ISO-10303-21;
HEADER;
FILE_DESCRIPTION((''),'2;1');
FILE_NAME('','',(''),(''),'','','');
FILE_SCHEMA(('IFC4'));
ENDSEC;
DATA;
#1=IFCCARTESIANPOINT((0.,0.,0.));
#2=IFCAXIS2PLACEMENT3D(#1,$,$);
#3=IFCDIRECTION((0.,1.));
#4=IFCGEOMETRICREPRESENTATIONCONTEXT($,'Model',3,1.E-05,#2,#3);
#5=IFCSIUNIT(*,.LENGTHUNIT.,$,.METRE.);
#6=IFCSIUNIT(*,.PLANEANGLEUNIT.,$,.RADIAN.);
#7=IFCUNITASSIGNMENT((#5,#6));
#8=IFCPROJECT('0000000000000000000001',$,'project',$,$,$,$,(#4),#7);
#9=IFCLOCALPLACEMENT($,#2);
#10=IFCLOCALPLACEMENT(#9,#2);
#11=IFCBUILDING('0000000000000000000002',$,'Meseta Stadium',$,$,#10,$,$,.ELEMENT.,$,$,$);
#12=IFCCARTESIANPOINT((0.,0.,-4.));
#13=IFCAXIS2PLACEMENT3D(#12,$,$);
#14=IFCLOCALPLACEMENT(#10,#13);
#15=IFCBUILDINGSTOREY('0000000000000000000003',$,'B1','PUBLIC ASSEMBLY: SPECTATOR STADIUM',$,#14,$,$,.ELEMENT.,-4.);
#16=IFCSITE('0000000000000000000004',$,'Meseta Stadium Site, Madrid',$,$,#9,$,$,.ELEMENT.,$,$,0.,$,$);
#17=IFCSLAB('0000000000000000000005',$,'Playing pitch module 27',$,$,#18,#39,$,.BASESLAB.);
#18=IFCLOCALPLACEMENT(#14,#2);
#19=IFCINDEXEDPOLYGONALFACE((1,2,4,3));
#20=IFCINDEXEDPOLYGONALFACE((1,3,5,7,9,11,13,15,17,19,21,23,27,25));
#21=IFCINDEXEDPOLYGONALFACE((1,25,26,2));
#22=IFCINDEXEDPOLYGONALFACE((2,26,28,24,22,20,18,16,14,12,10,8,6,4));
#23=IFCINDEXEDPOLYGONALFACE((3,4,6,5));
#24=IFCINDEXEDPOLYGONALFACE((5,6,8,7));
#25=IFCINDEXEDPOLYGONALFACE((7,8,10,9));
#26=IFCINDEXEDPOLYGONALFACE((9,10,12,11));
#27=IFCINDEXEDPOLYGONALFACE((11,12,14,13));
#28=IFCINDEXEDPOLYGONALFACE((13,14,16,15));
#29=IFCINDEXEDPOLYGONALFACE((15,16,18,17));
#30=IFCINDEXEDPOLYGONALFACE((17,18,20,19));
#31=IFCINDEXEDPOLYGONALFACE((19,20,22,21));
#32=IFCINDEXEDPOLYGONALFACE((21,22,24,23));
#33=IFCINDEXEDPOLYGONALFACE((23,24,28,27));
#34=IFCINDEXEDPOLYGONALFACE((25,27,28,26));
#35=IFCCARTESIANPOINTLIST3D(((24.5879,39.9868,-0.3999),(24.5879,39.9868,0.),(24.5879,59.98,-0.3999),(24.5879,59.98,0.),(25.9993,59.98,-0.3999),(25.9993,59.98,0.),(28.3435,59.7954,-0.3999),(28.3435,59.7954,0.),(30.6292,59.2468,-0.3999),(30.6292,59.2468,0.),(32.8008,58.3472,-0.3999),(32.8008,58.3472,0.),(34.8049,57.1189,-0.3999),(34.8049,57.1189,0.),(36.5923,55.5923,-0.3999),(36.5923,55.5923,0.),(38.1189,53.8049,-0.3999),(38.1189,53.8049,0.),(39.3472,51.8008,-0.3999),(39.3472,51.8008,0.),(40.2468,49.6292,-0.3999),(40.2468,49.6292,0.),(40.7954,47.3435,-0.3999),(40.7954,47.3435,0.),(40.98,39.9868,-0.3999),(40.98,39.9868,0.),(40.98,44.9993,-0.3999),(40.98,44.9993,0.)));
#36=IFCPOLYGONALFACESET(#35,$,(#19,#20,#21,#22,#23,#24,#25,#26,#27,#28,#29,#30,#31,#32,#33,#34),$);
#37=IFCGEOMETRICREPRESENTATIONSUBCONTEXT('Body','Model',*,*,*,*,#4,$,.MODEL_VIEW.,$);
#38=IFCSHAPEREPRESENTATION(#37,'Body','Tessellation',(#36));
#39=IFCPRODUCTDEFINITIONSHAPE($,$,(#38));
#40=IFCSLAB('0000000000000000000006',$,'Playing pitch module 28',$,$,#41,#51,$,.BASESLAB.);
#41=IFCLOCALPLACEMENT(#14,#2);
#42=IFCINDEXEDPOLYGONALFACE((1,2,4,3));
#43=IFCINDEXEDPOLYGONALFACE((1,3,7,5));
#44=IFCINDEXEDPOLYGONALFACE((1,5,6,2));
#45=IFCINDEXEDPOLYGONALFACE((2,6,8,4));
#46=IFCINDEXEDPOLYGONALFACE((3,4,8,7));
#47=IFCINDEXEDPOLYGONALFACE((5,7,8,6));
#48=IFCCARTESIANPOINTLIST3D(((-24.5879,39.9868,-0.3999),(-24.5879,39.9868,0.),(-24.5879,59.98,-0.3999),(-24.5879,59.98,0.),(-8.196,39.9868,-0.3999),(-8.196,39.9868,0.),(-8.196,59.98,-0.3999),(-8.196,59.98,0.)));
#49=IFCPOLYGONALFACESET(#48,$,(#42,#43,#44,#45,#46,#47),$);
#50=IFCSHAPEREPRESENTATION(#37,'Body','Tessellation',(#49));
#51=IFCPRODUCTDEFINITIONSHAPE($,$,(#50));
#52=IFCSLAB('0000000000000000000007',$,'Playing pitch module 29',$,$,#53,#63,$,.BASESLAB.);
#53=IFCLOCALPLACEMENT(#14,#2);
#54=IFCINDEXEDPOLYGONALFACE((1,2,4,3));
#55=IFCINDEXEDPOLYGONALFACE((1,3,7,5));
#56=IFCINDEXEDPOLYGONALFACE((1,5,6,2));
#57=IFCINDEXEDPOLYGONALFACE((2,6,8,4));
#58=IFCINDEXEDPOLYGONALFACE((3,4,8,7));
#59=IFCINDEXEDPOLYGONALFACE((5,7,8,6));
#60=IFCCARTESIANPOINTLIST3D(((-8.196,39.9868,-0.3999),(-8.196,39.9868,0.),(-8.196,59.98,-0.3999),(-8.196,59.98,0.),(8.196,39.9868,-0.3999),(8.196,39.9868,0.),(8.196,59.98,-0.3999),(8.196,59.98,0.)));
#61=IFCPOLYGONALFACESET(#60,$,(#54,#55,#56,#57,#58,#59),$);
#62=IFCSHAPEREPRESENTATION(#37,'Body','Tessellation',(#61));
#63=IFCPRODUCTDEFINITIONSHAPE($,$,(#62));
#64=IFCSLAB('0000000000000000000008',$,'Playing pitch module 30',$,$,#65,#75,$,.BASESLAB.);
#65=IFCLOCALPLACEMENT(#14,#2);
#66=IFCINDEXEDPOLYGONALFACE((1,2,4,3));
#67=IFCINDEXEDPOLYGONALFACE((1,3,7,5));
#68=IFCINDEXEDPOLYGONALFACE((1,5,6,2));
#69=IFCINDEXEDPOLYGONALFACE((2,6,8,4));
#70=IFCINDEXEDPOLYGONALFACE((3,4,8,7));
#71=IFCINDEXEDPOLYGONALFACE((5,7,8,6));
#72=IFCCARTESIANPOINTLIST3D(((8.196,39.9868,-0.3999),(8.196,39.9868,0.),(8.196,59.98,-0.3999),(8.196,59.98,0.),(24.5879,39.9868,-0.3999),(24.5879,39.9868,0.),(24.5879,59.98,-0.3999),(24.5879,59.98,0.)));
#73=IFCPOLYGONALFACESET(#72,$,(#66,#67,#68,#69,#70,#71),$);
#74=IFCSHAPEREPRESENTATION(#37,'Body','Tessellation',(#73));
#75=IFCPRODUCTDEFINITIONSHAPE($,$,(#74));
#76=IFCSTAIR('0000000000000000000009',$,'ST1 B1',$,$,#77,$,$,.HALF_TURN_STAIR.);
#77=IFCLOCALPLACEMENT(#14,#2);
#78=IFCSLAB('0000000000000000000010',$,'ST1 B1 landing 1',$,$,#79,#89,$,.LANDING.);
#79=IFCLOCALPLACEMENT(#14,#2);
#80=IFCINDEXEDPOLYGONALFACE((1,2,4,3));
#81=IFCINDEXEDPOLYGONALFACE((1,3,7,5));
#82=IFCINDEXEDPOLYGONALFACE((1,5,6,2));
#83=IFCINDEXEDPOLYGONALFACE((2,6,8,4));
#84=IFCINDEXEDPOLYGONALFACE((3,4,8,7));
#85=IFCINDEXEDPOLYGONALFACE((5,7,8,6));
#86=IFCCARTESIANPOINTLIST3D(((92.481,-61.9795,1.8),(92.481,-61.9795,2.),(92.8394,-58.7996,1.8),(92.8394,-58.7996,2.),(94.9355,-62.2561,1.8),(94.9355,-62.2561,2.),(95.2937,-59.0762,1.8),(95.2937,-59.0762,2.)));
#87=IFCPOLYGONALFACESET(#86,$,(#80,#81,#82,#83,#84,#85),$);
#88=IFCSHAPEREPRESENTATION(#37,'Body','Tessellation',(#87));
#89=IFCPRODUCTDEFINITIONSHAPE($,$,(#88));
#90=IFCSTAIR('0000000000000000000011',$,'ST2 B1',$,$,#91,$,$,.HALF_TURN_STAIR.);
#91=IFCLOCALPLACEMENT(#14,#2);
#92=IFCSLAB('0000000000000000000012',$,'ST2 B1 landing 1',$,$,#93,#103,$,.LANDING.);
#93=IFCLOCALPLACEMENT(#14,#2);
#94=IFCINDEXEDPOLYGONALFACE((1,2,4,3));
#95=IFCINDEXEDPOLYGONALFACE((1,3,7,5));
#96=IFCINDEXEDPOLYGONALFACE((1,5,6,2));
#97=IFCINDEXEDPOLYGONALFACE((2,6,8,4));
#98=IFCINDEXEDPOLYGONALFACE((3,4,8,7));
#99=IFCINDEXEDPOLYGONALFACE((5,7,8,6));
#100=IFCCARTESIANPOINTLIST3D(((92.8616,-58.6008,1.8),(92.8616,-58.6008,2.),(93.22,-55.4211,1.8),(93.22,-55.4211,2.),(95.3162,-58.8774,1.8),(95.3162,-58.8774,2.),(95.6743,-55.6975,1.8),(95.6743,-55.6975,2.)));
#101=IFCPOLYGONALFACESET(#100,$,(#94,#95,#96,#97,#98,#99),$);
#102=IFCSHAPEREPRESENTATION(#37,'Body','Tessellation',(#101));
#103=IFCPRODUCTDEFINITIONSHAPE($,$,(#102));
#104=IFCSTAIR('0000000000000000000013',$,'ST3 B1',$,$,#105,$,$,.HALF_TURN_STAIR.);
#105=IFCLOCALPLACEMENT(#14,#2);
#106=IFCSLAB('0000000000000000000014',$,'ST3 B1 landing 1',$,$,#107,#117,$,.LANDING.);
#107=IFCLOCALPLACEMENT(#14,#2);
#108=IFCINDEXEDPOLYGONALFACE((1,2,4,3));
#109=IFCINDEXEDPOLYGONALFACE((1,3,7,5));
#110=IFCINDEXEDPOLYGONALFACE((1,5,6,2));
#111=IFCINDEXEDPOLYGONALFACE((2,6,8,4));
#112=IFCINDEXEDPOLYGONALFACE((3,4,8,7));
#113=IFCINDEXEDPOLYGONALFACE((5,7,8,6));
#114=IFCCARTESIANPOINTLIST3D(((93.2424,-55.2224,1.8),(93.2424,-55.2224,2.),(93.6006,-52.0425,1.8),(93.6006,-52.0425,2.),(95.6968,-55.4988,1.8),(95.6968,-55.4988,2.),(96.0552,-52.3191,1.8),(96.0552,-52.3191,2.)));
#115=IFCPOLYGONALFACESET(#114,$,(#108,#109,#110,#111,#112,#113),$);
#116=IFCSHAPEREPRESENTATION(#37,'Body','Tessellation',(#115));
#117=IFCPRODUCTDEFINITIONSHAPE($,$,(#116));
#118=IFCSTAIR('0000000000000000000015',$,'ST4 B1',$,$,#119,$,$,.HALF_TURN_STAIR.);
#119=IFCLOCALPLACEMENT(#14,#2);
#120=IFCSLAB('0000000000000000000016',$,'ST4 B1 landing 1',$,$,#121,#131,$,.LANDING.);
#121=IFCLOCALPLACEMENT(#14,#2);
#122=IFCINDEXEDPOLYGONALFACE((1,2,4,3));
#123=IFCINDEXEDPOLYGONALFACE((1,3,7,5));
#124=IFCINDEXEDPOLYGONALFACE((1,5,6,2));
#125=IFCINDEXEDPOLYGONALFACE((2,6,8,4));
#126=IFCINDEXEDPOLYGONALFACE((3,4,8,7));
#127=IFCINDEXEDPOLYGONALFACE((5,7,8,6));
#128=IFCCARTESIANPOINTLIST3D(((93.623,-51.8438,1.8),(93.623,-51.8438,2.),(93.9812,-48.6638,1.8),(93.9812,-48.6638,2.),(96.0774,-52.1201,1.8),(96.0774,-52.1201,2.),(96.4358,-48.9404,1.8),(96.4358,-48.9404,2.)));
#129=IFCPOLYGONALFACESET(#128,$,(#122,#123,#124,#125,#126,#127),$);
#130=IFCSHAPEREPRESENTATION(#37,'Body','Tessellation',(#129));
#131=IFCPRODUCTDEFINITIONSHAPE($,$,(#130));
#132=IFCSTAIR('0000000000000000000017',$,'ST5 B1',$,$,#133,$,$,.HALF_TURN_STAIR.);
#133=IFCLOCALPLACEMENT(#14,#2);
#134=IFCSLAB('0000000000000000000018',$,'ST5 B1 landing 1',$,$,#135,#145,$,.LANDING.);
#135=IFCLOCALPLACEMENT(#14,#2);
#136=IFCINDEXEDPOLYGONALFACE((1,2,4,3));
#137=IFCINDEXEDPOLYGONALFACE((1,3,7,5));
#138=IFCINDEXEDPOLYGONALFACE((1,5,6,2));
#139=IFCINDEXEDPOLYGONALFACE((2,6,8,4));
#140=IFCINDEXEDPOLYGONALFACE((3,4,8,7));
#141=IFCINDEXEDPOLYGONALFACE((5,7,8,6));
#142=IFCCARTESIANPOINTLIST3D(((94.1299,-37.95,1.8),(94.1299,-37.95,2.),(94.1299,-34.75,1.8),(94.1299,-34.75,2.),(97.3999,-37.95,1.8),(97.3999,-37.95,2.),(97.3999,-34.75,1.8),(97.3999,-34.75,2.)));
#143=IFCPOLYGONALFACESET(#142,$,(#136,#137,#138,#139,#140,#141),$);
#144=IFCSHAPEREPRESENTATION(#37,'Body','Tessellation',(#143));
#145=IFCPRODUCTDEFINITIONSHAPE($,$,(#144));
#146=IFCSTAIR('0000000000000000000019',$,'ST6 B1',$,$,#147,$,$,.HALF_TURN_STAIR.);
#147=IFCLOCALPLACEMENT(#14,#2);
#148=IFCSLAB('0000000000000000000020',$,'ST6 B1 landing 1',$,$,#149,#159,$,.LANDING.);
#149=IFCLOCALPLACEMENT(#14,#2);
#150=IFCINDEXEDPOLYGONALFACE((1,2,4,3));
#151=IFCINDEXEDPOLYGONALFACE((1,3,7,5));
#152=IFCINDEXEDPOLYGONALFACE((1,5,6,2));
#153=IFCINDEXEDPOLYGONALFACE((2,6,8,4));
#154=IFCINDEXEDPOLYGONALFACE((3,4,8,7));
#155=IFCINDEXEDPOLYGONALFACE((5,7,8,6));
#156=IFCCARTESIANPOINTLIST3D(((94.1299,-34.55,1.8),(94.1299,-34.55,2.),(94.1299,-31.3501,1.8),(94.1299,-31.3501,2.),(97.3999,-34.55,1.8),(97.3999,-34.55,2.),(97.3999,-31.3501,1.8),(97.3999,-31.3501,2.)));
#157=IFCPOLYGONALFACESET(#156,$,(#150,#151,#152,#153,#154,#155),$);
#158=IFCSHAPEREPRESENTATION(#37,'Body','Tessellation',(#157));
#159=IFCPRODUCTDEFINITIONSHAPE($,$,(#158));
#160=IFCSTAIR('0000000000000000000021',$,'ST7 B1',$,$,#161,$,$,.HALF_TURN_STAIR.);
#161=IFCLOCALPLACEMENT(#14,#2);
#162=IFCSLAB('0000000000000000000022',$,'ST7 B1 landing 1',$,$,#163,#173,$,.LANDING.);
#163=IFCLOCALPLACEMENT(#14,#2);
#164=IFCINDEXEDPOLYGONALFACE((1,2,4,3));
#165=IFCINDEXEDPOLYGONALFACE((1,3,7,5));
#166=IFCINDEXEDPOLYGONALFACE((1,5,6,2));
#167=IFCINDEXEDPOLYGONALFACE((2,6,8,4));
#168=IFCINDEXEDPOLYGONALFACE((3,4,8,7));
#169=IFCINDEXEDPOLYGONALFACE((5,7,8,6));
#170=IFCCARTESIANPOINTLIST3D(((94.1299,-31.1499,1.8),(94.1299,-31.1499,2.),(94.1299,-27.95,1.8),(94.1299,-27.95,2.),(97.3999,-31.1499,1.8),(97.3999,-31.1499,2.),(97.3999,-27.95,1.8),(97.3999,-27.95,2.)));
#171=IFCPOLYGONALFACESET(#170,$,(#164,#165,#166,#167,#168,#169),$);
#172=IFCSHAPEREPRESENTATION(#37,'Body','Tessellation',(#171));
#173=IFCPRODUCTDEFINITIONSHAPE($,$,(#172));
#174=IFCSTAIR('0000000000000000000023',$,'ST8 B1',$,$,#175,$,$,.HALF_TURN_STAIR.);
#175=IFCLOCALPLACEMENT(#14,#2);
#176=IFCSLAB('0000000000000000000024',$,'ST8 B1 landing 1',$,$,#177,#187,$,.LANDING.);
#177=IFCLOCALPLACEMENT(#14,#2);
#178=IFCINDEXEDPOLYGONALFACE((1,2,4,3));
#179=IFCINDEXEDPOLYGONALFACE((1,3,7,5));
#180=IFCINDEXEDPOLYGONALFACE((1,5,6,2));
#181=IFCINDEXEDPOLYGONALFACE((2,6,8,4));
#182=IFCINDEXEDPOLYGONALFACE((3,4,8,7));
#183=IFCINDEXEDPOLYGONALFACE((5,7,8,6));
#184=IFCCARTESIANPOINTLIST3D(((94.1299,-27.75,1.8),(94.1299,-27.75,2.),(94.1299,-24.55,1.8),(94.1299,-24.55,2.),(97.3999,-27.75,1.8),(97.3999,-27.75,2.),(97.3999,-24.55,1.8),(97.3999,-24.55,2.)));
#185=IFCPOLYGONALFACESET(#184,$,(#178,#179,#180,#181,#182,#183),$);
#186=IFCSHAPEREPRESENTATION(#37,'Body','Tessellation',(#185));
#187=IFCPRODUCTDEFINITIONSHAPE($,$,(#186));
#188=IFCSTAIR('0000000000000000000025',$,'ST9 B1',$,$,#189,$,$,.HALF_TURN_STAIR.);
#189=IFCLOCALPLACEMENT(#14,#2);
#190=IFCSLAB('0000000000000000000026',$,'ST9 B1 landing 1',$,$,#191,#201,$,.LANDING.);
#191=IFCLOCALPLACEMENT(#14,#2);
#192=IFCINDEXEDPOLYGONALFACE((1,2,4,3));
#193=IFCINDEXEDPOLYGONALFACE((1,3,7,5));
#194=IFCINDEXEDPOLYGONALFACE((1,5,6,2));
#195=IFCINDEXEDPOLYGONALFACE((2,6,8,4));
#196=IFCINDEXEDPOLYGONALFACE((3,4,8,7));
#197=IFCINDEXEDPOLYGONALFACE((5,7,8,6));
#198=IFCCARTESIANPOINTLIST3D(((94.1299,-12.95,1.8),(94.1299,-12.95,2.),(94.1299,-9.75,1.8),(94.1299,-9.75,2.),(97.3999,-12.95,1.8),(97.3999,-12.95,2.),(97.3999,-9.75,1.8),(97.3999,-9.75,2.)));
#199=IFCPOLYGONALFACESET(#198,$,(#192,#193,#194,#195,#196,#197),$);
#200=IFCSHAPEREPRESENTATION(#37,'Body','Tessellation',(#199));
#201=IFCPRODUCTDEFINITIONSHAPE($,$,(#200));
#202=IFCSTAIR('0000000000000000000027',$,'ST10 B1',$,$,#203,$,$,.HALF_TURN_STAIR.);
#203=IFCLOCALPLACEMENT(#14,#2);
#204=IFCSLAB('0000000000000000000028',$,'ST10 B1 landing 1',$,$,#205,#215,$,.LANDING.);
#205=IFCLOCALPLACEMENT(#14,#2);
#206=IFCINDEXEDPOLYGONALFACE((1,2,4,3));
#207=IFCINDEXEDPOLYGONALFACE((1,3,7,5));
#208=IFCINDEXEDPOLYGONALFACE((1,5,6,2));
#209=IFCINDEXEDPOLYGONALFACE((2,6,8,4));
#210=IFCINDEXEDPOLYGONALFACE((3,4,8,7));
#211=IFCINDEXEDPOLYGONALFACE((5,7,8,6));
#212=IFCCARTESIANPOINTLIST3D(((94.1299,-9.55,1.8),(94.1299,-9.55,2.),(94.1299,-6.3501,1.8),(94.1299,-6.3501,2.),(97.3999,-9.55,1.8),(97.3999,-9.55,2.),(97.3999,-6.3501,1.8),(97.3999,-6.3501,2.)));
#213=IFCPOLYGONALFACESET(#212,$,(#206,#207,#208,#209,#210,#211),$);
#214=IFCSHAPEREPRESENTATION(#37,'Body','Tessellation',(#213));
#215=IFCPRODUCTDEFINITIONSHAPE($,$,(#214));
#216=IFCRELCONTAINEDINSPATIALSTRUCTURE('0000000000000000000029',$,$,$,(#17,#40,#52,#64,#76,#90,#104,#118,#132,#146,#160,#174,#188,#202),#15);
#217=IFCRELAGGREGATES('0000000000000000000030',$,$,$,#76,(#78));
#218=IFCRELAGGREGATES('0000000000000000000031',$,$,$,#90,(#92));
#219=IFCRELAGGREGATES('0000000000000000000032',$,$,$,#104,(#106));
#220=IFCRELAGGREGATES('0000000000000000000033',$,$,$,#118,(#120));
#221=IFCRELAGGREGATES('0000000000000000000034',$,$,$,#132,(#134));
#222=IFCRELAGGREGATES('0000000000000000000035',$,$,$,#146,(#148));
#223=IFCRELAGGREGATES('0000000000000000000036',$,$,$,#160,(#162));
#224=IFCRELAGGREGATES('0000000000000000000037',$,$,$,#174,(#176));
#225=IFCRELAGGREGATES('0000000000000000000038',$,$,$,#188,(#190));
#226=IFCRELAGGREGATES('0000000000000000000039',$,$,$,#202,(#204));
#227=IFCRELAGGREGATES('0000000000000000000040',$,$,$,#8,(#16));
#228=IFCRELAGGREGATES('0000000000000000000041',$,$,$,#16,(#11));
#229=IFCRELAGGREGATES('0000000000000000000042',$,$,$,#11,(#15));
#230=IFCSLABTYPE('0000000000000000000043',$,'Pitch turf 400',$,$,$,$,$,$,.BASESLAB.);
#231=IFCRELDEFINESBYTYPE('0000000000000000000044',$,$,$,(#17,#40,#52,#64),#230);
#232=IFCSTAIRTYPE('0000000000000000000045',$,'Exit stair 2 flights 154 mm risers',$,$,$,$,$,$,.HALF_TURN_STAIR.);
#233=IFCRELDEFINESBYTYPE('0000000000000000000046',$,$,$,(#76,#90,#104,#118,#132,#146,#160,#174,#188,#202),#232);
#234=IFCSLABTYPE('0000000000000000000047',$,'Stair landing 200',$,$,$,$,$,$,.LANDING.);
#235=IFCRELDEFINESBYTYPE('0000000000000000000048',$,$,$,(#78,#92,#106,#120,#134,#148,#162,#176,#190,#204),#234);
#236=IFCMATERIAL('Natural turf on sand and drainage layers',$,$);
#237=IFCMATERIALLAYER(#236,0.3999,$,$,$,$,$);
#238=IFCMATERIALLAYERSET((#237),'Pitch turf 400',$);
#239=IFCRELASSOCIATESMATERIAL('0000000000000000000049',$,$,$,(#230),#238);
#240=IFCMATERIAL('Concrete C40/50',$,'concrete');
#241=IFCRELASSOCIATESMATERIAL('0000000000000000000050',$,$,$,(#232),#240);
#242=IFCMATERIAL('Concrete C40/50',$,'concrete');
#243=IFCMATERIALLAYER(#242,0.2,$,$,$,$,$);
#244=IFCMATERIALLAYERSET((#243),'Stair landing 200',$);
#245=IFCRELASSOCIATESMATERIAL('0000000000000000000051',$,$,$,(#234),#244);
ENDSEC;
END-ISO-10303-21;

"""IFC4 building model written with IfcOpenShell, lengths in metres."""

from ifc_helpers import new_model, si_unit, direction, frame, origin, place, context, subcontext, project, spatial, polyline, outline, extrude, material, layer, layer_set, type_object, element, aggregate, save


model = new_model("IFC4")

# Units and contexts
model_context = context("Model", 3, precision=1e-05, world=origin(), true_north=direction((0.0, 1.0)))
body_context = subcontext(model_context, "Body", "Model", "MODEL_VIEW")
ifc_project = project(units=[si_unit("LENGTHUNIT", "METRE"), si_unit("PLANEANGLEUNIT", "RADIAN")], contexts=[model_context])

# Site, building, storey
site_placement = place(None, origin())
site = spatial("IfcSite", under=ifc_project, at=site_placement, Name="Meseta Stadium Site, Madrid", CompositionType="ELEMENT", RefElevation=0.0)
building_placement = place(site_placement, origin())
building = spatial("IfcBuilding", under=site, at=building_placement, Name="Meseta Stadium", CompositionType="ELEMENT")
storey_placement = place(building_placement, frame((0.0, 0.0, -4.0)))
storey = spatial("IfcBuildingStorey", under=building, at=storey_placement, Name="B1", Description="PUBLIC ASSEMBLY: SPECTATOR STADIUM", CompositionType="ELEMENT", Elevation=-4.0)

# Slabs
ifc_material_1 = material(Name="Natural turf on sand and drainage layers")
ifc_layer_1 = layer(ifc_material_1, 0.3999)
ifc_layer_set_1 = layer_set([ifc_layer_1], Name="Pitch turf 400")
slab_type_1 = type_object("IfcSlabType", Name="Pitch turf 400", PredefinedType="BASESLAB", material=ifc_layer_set_1)
slab_1_placement = place(storey_placement, frame((0.0, 0.0, -0.3999)))
element("IfcSlab", 1, at=slab_1_placement, inside=storey, type_object=slab_type_1, Name="Playing pitch module 27", PredefinedType="BASESLAB", context=body_context, shape_type="SweptSolid", body=[
    extrude(outline(polyline([(40.98, 44.9993), (40.7954, 47.3435), (40.2468, 49.6292), (39.3472, 51.8008), (38.1189, 53.8049), (36.5923, 55.5923), (34.8049, 57.1189), (32.8008, 58.3472), (30.6292, 59.2468), (28.3435, 59.7954), (25.9993, 59.98), (24.5879, 59.98), (24.5879, 39.9868), (40.98, 39.9868), (40.98, 44.9993)])), origin(), (0.0, 0.0, 1.0), 0.3999),
])
slab_2_placement = place(storey_placement, frame((0.0, 0.0, -0.3999)))
element("IfcSlab", 2, at=slab_2_placement, inside=storey, type_object=slab_type_1, Name="Playing pitch module 28", PredefinedType="BASESLAB", context=body_context, shape_type="SweptSolid", body=[
    extrude(outline(polyline([(-8.196, 59.98), (-24.5879, 59.98), (-24.5879, 39.9868), (-8.196, 39.9868), (-8.196, 59.98)])), origin(), (0.0, 0.0, 1.0), 0.3999),
])
slab_3_placement = place(storey_placement, frame((0.0, 0.0, -0.3999)))
element("IfcSlab", 3, at=slab_3_placement, inside=storey, type_object=slab_type_1, Name="Playing pitch module 29", PredefinedType="BASESLAB", context=body_context, shape_type="SweptSolid", body=[
    extrude(outline(polyline([(8.196, 59.98), (-8.196, 59.98), (-8.196, 39.9868), (8.196, 39.9868), (8.196, 59.98)])), origin(), (0.0, 0.0, 1.0), 0.3999),
])
slab_4_placement = place(storey_placement, frame((0.0, 0.0, -0.3999)))
element("IfcSlab", 4, at=slab_4_placement, inside=storey, type_object=slab_type_1, Name="Playing pitch module 30", PredefinedType="BASESLAB", context=body_context, shape_type="SweptSolid", body=[
    extrude(outline(polyline([(24.5879, 59.98), (8.196, 59.98), (8.196, 39.9868), (24.5879, 39.9868), (24.5879, 59.98)])), origin(), (0.0, 0.0, 1.0), 0.3999),
])

# Stairs, slabs
ifc_material_2 = material(Name="Concrete C40/50", Category="concrete")
stair_type = type_object("IfcStairType", Name="Exit stair 2 flights 154 mm risers", PredefinedType="HALF_TURN_STAIR", material=ifc_material_2)
stair_1_placement = place(storey_placement, origin())
stair_1 = element("IfcStair", 5, at=stair_1_placement, inside=storey, type_object=stair_type, Name="ST1 B1", PredefinedType="HALF_TURN_STAIR")
ifc_material_3 = material(Name="Concrete C40/50", Category="concrete")
ifc_layer_2 = layer(ifc_material_3, 0.2)
ifc_layer_set_2 = layer_set([ifc_layer_2], Name="Stair landing 200")
slab_type_2 = type_object("IfcSlabType", Name="Stair landing 200", PredefinedType="LANDING", material=ifc_layer_set_2)
slab_5_placement = place(storey_placement, frame((0.0, 0.0, 1.8)))
slab_5 = element("IfcSlab", 6, at=slab_5_placement, type_object=slab_type_2, Name="ST1 B1 landing 1", PredefinedType="LANDING", context=body_context, shape_type="SweptSolid", body=[
    extrude(outline(polyline([(92.481, -61.9795), (94.9355, -62.2561), (95.2937, -59.0762), (92.8394, -58.7996), (92.481, -61.9795)])), origin(), (0.0, 0.0, 1.0), 0.2),
])
aggregate(stair_1, [slab_5])
stair_2_placement = place(storey_placement, origin())
stair_2 = element("IfcStair", 7, at=stair_2_placement, inside=storey, type_object=stair_type, Name="ST2 B1", PredefinedType="HALF_TURN_STAIR")
slab_6_placement = place(storey_placement, frame((0.0, 0.0, 1.8)))
slab_6 = element("IfcSlab", 8, at=slab_6_placement, type_object=slab_type_2, Name="ST2 B1 landing 1", PredefinedType="LANDING", context=body_context, shape_type="SweptSolid", body=[
    extrude(outline(polyline([(92.8616, -58.6008), (95.3162, -58.8774), (95.6743, -55.6975), (93.22, -55.4211), (92.8616, -58.6008)])), origin(), (0.0, 0.0, 1.0), 0.2),
])
aggregate(stair_2, [slab_6])
stair_3_placement = place(storey_placement, origin())
stair_3 = element("IfcStair", 9, at=stair_3_placement, inside=storey, type_object=stair_type, Name="ST3 B1", PredefinedType="HALF_TURN_STAIR")
slab_7_placement = place(storey_placement, frame((0.0, 0.0, 1.8)))
slab_7 = element("IfcSlab", 10, at=slab_7_placement, type_object=slab_type_2, Name="ST3 B1 landing 1", PredefinedType="LANDING", context=body_context, shape_type="SweptSolid", body=[
    extrude(outline(polyline([(93.2424, -55.2224), (95.6968, -55.4988), (96.0552, -52.3191), (93.6006, -52.0425), (93.2424, -55.2224)])), origin(), (0.0, 0.0, 1.0), 0.2),
])
aggregate(stair_3, [slab_7])
stair_4_placement = place(storey_placement, origin())
stair_4 = element("IfcStair", 11, at=stair_4_placement, inside=storey, type_object=stair_type, Name="ST4 B1", PredefinedType="HALF_TURN_STAIR")
slab_8_placement = place(storey_placement, frame((0.0, 0.0, 1.8)))
slab_8 = element("IfcSlab", 12, at=slab_8_placement, type_object=slab_type_2, Name="ST4 B1 landing 1", PredefinedType="LANDING", context=body_context, shape_type="SweptSolid", body=[
    extrude(outline(polyline([(93.623, -51.8438), (96.0774, -52.1201), (96.4358, -48.9404), (93.9812, -48.6638), (93.623, -51.8438)])), origin(), (0.0, 0.0, 1.0), 0.2),
])
aggregate(stair_4, [slab_8])
stair_5_placement = place(storey_placement, origin())
stair_5 = element("IfcStair", 13, at=stair_5_placement, inside=storey, type_object=stair_type, Name="ST5 B1", PredefinedType="HALF_TURN_STAIR")
slab_9_placement = place(storey_placement, frame((0.0, 0.0, 1.8)))
slab_9 = element("IfcSlab", 14, at=slab_9_placement, type_object=slab_type_2, Name="ST5 B1 landing 1", PredefinedType="LANDING", context=body_context, shape_type="SweptSolid", body=[
    extrude(outline(polyline([(94.1299, -37.95), (97.3999, -37.95), (97.3999, -34.75), (94.1299, -34.75), (94.1299, -37.95)])), origin(), (0.0, 0.0, 1.0), 0.2),
])
aggregate(stair_5, [slab_9])
stair_6_placement = place(storey_placement, origin())
stair_6 = element("IfcStair", 15, at=stair_6_placement, inside=storey, type_object=stair_type, Name="ST6 B1", PredefinedType="HALF_TURN_STAIR")
slab_10_placement = place(storey_placement, frame((0.0, 0.0, 1.8)))
slab_10 = element("IfcSlab", 16, at=slab_10_placement, type_object=slab_type_2, Name="ST6 B1 landing 1", PredefinedType="LANDING", context=body_context, shape_type="SweptSolid", body=[
    extrude(outline(polyline([(94.1299, -34.55), (97.3999, -34.55), (97.3999, -31.3501), (94.1299, -31.3501), (94.1299, -34.55)])), origin(), (0.0, 0.0, 1.0), 0.2),
])
aggregate(stair_6, [slab_10])
stair_7_placement = place(storey_placement, origin())
stair_7 = element("IfcStair", 17, at=stair_7_placement, inside=storey, type_object=stair_type, Name="ST7 B1", PredefinedType="HALF_TURN_STAIR")
slab_11_placement = place(storey_placement, frame((0.0, 0.0, 1.8)))
slab_11 = element("IfcSlab", 18, at=slab_11_placement, type_object=slab_type_2, Name="ST7 B1 landing 1", PredefinedType="LANDING", context=body_context, shape_type="SweptSolid", body=[
    extrude(outline(polyline([(94.1299, -31.1499), (97.3999, -31.1499), (97.3999, -27.95), (94.1299, -27.95), (94.1299, -31.1499)])), origin(), (0.0, 0.0, 1.0), 0.2),
])
aggregate(stair_7, [slab_11])
stair_8_placement = place(storey_placement, origin())
stair_8 = element("IfcStair", 19, at=stair_8_placement, inside=storey, type_object=stair_type, Name="ST8 B1", PredefinedType="HALF_TURN_STAIR")
slab_12_placement = place(storey_placement, frame((0.0, 0.0, 1.8)))
slab_12 = element("IfcSlab", 20, at=slab_12_placement, type_object=slab_type_2, Name="ST8 B1 landing 1", PredefinedType="LANDING", context=body_context, shape_type="SweptSolid", body=[
    extrude(outline(polyline([(94.1299, -27.75), (97.3999, -27.75), (97.3999, -24.55), (94.1299, -24.55), (94.1299, -27.75)])), origin(), (0.0, 0.0, 1.0), 0.2),
])
aggregate(stair_8, [slab_12])
stair_9_placement = place(storey_placement, origin())
stair_9 = element("IfcStair", 21, at=stair_9_placement, inside=storey, type_object=stair_type, Name="ST9 B1", PredefinedType="HALF_TURN_STAIR")
slab_13_placement = place(storey_placement, frame((0.0, 0.0, 1.8)))
slab_13 = element("IfcSlab", 22, at=slab_13_placement, type_object=slab_type_2, Name="ST9 B1 landing 1", PredefinedType="LANDING", context=body_context, shape_type="SweptSolid", body=[
    extrude(outline(polyline([(94.1299, -12.95), (97.3999, -12.95), (97.3999, -9.75), (94.1299, -9.75), (94.1299, -12.95)])), origin(), (0.0, 0.0, 1.0), 0.2),
])
aggregate(stair_9, [slab_13])
stair_10_placement = place(storey_placement, origin())
stair_10 = element("IfcStair", 23, at=stair_10_placement, inside=storey, type_object=stair_type, Name="ST10 B1", PredefinedType="HALF_TURN_STAIR")
slab_14_placement = place(storey_placement, frame((0.0, 0.0, 1.8)))
slab_14 = element("IfcSlab", 24, at=slab_14_placement, type_object=slab_type_2, Name="ST10 B1 landing 1", PredefinedType="LANDING", context=body_context, shape_type="SweptSolid", body=[
    extrude(outline(polyline([(94.1299, -9.55), (97.3999, -9.55), (97.3999, -6.3501), (94.1299, -6.3501), (94.1299, -9.55)])), origin(), (0.0, 0.0, 1.0), 0.2),
])
aggregate(stair_10, [slab_14])

save(model, "model.ifc")
